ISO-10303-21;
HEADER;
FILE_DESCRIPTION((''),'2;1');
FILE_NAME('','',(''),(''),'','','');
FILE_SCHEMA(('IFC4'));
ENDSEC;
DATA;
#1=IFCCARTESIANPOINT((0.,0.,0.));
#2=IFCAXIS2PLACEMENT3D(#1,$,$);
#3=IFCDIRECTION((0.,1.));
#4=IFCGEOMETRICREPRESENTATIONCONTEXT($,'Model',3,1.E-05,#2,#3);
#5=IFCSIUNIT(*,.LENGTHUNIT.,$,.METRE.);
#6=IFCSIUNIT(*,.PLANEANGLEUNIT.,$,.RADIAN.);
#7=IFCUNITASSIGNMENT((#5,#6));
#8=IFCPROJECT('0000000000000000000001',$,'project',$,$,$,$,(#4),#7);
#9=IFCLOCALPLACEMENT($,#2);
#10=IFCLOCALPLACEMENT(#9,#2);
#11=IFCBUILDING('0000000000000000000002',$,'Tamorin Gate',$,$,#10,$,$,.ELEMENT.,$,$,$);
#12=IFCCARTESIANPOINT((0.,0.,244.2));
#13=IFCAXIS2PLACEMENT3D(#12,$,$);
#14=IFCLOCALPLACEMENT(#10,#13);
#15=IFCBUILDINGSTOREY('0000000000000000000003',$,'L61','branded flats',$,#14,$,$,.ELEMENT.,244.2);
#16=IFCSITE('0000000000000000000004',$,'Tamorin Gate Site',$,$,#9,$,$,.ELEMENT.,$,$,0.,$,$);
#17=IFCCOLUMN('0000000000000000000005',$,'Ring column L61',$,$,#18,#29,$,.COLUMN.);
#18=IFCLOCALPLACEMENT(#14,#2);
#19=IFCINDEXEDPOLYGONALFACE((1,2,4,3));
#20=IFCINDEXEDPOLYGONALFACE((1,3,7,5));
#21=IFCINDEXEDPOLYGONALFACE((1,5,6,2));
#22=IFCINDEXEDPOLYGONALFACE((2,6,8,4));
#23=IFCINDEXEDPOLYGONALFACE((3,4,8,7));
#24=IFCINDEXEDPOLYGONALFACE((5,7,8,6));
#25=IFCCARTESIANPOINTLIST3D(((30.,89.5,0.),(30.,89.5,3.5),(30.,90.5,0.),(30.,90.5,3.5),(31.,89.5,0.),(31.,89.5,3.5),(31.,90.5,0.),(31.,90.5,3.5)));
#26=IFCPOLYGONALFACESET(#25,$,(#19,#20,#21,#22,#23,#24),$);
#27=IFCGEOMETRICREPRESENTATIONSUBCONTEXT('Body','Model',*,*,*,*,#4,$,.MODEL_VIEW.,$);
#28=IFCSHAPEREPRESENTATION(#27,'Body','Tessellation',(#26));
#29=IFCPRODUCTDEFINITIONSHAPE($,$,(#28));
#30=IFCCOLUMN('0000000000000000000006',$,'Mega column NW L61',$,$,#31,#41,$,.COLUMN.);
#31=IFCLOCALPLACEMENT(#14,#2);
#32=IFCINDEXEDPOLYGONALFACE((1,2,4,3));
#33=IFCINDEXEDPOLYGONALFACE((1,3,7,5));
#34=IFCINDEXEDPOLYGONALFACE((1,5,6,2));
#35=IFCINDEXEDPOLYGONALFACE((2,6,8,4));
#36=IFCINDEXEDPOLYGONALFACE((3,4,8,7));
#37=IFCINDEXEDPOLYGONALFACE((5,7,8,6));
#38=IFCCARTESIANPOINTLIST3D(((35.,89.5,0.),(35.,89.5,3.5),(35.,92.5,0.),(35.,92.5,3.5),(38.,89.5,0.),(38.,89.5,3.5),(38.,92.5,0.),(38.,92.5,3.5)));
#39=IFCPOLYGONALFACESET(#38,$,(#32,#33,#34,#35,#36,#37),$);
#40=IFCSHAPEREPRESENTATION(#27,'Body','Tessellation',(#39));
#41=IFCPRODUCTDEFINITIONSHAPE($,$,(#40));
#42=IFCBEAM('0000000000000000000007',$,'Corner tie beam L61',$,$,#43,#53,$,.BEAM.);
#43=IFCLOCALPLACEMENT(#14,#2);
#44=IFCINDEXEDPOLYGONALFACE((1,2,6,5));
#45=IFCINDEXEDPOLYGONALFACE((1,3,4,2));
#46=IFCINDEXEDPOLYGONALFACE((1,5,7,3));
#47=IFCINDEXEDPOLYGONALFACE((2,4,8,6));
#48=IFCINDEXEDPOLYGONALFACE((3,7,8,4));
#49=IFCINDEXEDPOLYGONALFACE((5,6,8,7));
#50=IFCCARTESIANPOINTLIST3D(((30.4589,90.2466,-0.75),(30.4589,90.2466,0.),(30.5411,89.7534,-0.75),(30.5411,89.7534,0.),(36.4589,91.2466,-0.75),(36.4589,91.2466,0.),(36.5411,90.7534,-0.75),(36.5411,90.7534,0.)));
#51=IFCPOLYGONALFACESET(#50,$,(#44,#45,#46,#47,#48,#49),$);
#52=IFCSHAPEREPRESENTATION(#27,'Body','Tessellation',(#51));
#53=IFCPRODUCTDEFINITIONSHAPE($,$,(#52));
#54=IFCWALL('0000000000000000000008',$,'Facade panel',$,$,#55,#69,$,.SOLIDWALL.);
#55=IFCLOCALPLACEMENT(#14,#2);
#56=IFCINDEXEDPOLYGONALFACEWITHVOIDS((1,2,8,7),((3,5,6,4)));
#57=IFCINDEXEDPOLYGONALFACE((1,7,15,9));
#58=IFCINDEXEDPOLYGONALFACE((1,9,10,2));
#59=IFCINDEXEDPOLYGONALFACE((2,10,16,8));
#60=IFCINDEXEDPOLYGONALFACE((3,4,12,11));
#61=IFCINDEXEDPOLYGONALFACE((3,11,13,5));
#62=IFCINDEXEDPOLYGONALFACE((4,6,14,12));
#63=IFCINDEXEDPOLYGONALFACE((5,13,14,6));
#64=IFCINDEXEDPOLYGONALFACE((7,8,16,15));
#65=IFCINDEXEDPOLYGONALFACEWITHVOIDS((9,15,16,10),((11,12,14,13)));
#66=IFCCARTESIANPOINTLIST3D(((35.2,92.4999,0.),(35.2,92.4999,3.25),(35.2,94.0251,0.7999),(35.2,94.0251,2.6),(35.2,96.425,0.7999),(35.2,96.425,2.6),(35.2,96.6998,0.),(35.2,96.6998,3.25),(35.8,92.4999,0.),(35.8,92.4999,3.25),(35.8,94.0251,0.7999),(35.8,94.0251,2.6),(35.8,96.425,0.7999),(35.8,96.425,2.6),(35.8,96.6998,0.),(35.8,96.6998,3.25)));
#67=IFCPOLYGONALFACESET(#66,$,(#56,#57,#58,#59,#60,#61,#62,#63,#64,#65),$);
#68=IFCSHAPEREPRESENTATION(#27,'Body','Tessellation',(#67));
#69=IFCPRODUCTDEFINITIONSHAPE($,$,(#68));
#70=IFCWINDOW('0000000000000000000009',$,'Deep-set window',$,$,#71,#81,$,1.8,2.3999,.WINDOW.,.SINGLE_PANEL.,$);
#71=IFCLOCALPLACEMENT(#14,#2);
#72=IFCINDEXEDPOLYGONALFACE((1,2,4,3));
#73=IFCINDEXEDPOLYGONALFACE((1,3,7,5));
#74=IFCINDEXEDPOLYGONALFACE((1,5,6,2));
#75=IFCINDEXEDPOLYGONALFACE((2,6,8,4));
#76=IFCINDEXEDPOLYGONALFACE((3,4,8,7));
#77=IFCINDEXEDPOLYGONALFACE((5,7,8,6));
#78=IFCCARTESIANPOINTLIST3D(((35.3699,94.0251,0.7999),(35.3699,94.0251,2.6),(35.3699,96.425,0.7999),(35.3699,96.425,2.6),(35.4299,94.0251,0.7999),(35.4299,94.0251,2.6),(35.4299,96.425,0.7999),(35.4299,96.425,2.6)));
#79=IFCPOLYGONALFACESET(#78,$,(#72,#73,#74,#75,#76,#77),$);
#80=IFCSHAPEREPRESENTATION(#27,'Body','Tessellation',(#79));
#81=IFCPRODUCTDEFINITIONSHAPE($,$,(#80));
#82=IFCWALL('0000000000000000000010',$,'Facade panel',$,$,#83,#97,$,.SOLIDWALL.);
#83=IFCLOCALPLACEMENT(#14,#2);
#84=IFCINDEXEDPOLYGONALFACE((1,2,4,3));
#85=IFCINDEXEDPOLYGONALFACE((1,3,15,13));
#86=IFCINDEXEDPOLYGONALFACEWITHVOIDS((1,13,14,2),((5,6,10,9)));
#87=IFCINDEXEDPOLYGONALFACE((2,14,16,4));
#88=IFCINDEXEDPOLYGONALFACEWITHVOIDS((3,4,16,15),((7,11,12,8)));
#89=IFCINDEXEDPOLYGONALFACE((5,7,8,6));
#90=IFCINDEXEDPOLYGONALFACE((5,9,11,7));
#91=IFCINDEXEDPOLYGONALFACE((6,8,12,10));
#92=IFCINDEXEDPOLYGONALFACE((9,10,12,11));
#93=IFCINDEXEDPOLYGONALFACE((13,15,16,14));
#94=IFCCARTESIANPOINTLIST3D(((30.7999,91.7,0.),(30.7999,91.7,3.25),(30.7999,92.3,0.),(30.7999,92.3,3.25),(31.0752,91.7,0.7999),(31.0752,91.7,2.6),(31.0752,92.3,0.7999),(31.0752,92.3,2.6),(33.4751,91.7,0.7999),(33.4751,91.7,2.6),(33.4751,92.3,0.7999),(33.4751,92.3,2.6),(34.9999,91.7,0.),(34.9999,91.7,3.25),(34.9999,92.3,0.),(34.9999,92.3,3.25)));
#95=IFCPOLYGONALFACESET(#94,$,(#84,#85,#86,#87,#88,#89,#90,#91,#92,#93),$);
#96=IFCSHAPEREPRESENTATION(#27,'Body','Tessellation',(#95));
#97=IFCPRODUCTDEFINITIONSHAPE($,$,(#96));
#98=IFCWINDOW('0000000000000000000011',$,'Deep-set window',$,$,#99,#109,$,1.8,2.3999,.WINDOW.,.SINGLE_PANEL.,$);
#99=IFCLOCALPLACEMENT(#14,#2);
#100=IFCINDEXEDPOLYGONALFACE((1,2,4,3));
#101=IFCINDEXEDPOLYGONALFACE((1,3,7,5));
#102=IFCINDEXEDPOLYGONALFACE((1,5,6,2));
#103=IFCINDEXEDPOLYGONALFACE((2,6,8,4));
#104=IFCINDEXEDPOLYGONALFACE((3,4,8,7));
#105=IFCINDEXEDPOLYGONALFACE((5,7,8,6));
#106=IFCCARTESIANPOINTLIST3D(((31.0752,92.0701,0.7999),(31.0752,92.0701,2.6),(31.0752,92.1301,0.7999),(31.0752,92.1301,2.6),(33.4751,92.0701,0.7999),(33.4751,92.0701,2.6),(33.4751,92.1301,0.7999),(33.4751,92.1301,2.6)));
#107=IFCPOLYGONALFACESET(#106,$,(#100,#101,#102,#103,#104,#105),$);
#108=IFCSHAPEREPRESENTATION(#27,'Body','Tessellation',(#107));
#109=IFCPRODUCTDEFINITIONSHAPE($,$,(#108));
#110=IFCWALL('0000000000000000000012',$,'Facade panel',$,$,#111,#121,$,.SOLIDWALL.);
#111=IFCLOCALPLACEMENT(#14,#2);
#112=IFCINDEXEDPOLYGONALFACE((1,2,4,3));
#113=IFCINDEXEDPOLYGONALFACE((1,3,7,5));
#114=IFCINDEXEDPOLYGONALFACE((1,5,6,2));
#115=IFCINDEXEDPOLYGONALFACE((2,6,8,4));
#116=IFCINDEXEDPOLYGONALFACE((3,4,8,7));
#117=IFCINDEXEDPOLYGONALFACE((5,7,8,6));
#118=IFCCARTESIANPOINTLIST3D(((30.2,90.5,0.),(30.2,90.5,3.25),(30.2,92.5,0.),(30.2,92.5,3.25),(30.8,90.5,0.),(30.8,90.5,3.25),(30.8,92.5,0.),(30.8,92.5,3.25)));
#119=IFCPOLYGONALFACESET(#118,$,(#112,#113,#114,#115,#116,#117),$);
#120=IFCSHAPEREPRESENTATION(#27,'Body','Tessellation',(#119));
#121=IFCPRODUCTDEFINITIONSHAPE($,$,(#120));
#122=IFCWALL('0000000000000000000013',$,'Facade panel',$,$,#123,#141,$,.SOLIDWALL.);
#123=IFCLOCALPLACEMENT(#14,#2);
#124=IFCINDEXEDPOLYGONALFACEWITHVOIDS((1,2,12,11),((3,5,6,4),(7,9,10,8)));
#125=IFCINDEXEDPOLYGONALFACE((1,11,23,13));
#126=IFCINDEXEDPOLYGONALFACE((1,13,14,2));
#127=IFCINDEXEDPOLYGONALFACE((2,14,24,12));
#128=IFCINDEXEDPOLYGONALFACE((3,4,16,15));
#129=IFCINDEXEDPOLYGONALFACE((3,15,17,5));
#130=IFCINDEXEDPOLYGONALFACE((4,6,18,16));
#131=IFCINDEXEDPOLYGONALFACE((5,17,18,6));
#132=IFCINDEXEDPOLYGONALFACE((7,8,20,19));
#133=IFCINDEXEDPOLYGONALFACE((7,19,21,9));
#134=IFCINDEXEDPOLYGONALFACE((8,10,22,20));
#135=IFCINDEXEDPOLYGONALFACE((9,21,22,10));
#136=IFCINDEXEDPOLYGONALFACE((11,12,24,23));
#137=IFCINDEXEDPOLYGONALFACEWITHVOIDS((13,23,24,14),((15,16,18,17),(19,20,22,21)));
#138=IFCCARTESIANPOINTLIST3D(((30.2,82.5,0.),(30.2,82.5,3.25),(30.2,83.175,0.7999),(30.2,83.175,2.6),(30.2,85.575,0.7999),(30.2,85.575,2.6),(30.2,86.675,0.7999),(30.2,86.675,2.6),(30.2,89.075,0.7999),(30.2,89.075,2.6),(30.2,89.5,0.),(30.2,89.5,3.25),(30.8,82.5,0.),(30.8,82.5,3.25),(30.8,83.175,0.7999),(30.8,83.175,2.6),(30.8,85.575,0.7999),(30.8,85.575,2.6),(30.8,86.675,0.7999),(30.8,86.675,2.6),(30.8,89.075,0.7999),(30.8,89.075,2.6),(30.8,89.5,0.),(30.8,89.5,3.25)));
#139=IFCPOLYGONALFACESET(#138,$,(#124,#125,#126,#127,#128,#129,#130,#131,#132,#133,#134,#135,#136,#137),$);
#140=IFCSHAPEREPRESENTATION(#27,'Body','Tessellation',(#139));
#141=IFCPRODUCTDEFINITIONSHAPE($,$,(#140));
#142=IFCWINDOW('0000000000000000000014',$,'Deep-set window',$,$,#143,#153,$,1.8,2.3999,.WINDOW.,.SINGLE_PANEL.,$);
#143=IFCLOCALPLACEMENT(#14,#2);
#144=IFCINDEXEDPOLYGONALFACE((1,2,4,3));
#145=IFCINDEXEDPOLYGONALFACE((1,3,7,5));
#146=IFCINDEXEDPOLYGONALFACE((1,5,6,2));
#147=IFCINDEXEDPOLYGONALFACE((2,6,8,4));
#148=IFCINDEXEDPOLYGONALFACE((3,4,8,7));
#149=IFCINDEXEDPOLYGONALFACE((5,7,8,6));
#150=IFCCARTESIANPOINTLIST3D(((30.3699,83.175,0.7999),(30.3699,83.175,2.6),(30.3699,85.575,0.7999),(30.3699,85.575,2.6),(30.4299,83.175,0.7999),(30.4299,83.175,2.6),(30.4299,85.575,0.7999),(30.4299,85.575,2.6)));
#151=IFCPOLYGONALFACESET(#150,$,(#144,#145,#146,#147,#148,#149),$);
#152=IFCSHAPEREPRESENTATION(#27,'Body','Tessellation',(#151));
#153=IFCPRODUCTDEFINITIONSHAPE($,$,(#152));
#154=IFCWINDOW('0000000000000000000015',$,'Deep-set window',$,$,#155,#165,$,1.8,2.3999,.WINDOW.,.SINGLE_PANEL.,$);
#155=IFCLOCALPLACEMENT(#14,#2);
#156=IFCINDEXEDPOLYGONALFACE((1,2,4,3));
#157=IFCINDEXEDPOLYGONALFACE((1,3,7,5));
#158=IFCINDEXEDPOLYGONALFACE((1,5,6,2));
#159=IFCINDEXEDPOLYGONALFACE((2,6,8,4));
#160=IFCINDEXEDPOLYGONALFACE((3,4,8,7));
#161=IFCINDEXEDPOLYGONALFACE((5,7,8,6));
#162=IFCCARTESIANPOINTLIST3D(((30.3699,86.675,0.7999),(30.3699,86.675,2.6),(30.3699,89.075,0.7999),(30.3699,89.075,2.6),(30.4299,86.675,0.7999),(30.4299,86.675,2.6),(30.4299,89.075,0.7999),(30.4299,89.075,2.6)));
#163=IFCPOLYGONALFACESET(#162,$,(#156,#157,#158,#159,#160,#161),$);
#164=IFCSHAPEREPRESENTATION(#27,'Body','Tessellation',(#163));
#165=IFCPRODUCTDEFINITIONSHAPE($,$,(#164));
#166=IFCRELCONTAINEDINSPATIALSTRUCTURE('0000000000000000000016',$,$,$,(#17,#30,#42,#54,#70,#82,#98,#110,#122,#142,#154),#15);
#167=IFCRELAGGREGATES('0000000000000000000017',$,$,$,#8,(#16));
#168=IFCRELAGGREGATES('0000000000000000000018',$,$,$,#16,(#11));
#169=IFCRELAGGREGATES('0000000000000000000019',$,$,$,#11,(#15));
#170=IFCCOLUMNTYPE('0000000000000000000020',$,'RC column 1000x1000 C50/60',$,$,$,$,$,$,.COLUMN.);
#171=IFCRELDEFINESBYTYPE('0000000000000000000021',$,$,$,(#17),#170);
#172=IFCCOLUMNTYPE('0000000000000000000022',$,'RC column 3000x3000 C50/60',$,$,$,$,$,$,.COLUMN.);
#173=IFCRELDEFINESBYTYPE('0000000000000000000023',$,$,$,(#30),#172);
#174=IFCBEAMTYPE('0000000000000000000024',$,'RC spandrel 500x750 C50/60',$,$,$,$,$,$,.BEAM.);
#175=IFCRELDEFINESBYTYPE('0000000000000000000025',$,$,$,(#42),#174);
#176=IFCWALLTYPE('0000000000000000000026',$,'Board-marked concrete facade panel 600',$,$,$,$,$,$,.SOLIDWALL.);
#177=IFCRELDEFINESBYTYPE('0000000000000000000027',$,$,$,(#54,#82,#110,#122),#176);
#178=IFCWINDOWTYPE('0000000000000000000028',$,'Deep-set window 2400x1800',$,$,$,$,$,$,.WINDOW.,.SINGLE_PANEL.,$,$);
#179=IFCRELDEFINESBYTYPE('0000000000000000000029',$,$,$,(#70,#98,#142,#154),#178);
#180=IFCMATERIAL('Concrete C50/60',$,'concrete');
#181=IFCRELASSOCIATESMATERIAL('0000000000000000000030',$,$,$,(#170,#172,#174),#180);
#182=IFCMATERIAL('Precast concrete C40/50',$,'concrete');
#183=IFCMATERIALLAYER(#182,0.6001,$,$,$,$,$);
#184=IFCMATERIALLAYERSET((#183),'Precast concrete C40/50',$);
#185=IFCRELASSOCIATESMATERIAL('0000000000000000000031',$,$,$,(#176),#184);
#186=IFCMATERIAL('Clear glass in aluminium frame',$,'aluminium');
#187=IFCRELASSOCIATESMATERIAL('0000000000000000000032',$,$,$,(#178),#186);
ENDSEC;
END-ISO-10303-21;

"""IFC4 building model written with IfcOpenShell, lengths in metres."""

from ifc_helpers import new_model, si_unit, direction, frame, frame_2d, origin, origin_2d, place, context, subcontext, project, spatial, rectangle, extrude, material, layer, layer_set, material_profile, profile_set, type_object, element, fill, save


model = new_model("IFC4")

# Units and contexts
model_context = context("Model", 3, precision=1e-05, world=origin(), true_north=direction((0.0, 1.0)))
body_context = subcontext(model_context, "Body", "Model", "MODEL_VIEW")
ifc_project = project(units=[si_unit("LENGTHUNIT", "METRE"), si_unit("PLANEANGLEUNIT", "RADIAN")], contexts=[model_context])

# Site, building, storey
site_placement = place(None, origin())
site = spatial("IfcSite", under=ifc_project, at=site_placement, Name="Tamorin Gate Site", CompositionType="ELEMENT", RefElevation=0.0)
building_placement = place(site_placement, origin())
building = spatial("IfcBuilding", under=site, at=building_placement, Name="Tamorin Gate", CompositionType="ELEMENT")
storey_placement = place(building_placement, frame((0.0, 0.0, 244.2)))
storey = spatial("IfcBuildingStorey", under=building, at=storey_placement, Name="L61", Description="branded flats", CompositionType="ELEMENT", Elevation=244.2)

# Columns
ifc_material_1 = material(Name="Concrete C50/60", Category="concrete")
ifc_material_profile_1 = material_profile(ifc_material_1, rectangle(XDim=1.0, YDim=1.0, at=origin_2d()), Name="RC 1000x1000")
ifc_profile_set_1 = profile_set([ifc_material_profile_1], Name="Concrete C50/60")
column_type_1 = type_object("IfcColumnType", Name="RC column 1000x1000 C50/60", PredefinedType="COLUMN", material=ifc_profile_set_1)
column_1_placement = place(storey_placement, frame((30.5, 90.0, 0.0), z_axis=(0.0, 0.0, 1.0), x_axis=(1.0, 0.0, 0.0)))
element("IfcColumn", 1, at=column_1_placement, inside=storey, type_object=column_type_1, Name="Ring column L61", PredefinedType="COLUMN", context=body_context, shape_type="SweptSolid", body=[
    extrude(rectangle(XDim=1.0, YDim=1.0, at=origin_2d()), origin(), (0.0, 0.0, 1.0), 3.5),
])
ifc_material_profile_2 = material_profile(ifc_material_1, rectangle(XDim=3.0, YDim=3.0, at=origin_2d()), Name="RC 3000x3000")
ifc_profile_set_2 = profile_set([ifc_material_profile_2], Name="Concrete C50/60")
column_type_2 = type_object("IfcColumnType", Name="RC column 3000x3000 C50/60", PredefinedType="COLUMN", material=ifc_profile_set_2)
column_2_placement = place(storey_placement, frame((36.5, 91.0, 0.0), z_axis=(0.0, 0.0, 1.0), x_axis=(1.0, 0.0, 0.0)))
element("IfcColumn", 2, at=column_2_placement, inside=storey, type_object=column_type_2, Name="Mega column NW L61", PredefinedType="COLUMN", context=body_context, shape_type="SweptSolid", body=[
    extrude(rectangle(XDim=3.0, YDim=3.0, at=origin_2d()), origin(), (0.0, 0.0, 1.0), 3.5),
])

# Beam
ifc_material_profile_3 = material_profile(ifc_material_1, rectangle(XDim=0.5, YDim=0.75, at=origin_2d()), Name="RC 500x750")
ifc_profile_set_3 = profile_set([ifc_material_profile_3], Name="Concrete C50/60")
beam_type = type_object("IfcBeamType", Name="RC spandrel 500x750 C50/60", PredefinedType="BEAM", material=ifc_profile_set_3)
beam_placement = place(storey_placement, frame((36.5, 91.0, -0.375), z_axis=(-0.986394, -0.164399, 0.0), x_axis=(0.164399, -0.986394, 0.0)))
element("IfcBeam", 3, at=beam_placement, inside=storey, type_object=beam_type, Name="Corner tie beam L61", PredefinedType="BEAM", context=body_context, shape_type="SweptSolid", body=[
    extrude(rectangle(XDim=0.5, YDim=0.75, at=origin_2d()), origin(), (0.0, 0.0, 1.0), 6.0828),
])

# Walls, openings, windows
ifc_material_2 = material(Name="Precast concrete C40/50", Category="concrete")
ifc_layer_1 = layer(ifc_material_2, 0.6001)
ifc_layer_set_1 = layer_set([ifc_layer_1], Name="Precast concrete C40/50")
wall_type_1 = type_object("IfcWallType", Name="Board-marked concrete facade panel 600", PredefinedType="SOLIDWALL", material=ifc_layer_set_1)
wall_1_placement = place(storey_placement, frame((35.5, 96.7, 0.0), z_axis=(0.0, 0.0, 1.0), x_axis=(0.0, -1.0, 0.0)))
wall_1 = element("IfcWall", 4, at=wall_1_placement, inside=storey, type_object=wall_type_1, Name="Facade panel", PredefinedType="SOLIDWALL", context=body_context, shape_type="SweptSolid", body=[
    extrude(rectangle(XDim=4.2, YDim=0.6001, at=frame_2d((2.1001, 0.0))), origin(), (0.0, 0.0, 1.0), 3.25),
])
opening_1_placement = place(wall_1_placement, frame((0.2749, 0.0, 0.8)))
opening_1 = element("IfcOpeningElement", 5, at=opening_1_placement, cuts=wall_1, PredefinedType="OPENING", context=body_context, shape_type="SweptSolid", body=[
    extrude(rectangle(XDim=2.3999, YDim=1.8, at=frame_2d((1.2, 0.8999))), frame((0.0, 0.3101, 0.0), z_axis=(0.0, -1.0, 0.0), x_axis=(1.0, 0.0, 0.0)), (0.0, 0.0, 1.0), 0.6201),
])
ifc_material_3 = material(Name="Clear glass in aluminium frame", Category="aluminium")
window_type = type_object("IfcWindowType", Name="Deep-set window 2400x1800", PartitioningType="SINGLE_PANEL", PredefinedType="WINDOW", material=ifc_material_3)
window_1_placement = place(opening_1_placement, origin())
window_1 = element("IfcWindow", 6, at=window_1_placement, inside=storey, type_object=window_type, Name="Deep-set window", OverallHeight=1.8, OverallWidth=2.3999, PartitioningType="SINGLE_PANEL", PredefinedType="WINDOW", context=body_context, shape_type="SweptSolid", body=[
    extrude(rectangle(XDim=2.3999, YDim=1.8, at=frame_2d((1.2, 0.8999))), frame((0.0, -0.0701, 0.0), z_axis=(0.0, -1.0, 0.0), x_axis=(1.0, 0.0, 0.0)), (0.0, 0.0, 1.0), 0.0601),
])
fill(opening_1, window_1)
wall_2_placement = place(storey_placement, frame((35.0, 92.0, 0.0), z_axis=(0.0, 0.0, 1.0), x_axis=(-1.0, 0.0, 0.0)))
wall_2 = element("IfcWall", 7, at=wall_2_placement, inside=storey, type_object=wall_type_1, Name="Facade panel", PredefinedType="SOLIDWALL", context=body_context, shape_type="SweptSolid", body=[
    extrude(rectangle(XDim=4.2, YDim=0.6001, at=frame_2d((2.1001, 0.0))), origin(), (0.0, 0.0, 1.0), 3.25),
])
opening_2_placement = place(wall_2_placement, frame((1.5249, 0.0, 0.8)))
opening_2 = element("IfcOpeningElement", 8, at=opening_2_placement, cuts=wall_2, PredefinedType="OPENING", context=body_context, shape_type="SweptSolid", body=[
    extrude(rectangle(XDim=2.3999, YDim=1.8, at=frame_2d((1.2, 0.8999))), frame((0.0, 0.3101, 0.0), z_axis=(0.0, -1.0, 0.0), x_axis=(1.0, 0.0, 0.0)), (0.0, 0.0, 1.0), 0.6201),
])
window_2_placement = place(opening_2_placement, origin())
window_2 = element("IfcWindow", 9, at=window_2_placement, inside=storey, type_object=window_type, Name="Deep-set window", OverallHeight=1.8, OverallWidth=2.3999, PartitioningType="SINGLE_PANEL", PredefinedType="WINDOW", context=body_context, shape_type="SweptSolid", body=[
    extrude(rectangle(XDim=2.3999, YDim=1.8, at=frame_2d((1.2, 0.8999))), frame((0.0, -0.0701, 0.0), z_axis=(0.0, -1.0, 0.0), x_axis=(1.0, 0.0, 0.0)), (0.0, 0.0, 1.0), 0.0601),
])
fill(opening_2, window_2)

# Wall
wall_3_placement = place(storey_placement, frame((30.5, 92.5, 0.0), z_axis=(0.0, 0.0, 1.0), x_axis=(0.0, -1.0, 0.0)))
element("IfcWall", 10, at=wall_3_placement, inside=storey, type_object=wall_type_1, Name="Facade panel", PredefinedType="SOLIDWALL", context=body_context, shape_type="SweptSolid", body=[
    extrude(rectangle(XDim=2.0, YDim=0.6001, at=frame_2d((1.0, 0.0))), origin(), (0.0, 0.0, 1.0), 3.25),
])

# Wall, openings, windows
wall_4_placement = place(storey_placement, frame((30.5, 89.5, 0.0), z_axis=(0.0, 0.0, 1.0), x_axis=(0.0, -1.0, 0.0)))
wall_4 = element("IfcWall", 11, at=wall_4_placement, inside=storey, type_object=wall_type_1, Name="Facade panel", PredefinedType="SOLIDWALL", context=body_context, shape_type="SweptSolid", body=[
    extrude(rectangle(XDim=7.0, YDim=0.6001, at=frame_2d((3.5, 0.0))), origin(), (0.0, 0.0, 1.0), 3.25),
])
opening_3_placement = place(wall_4_placement, frame((3.925, 0.0, 0.8)))
opening_3 = element("IfcOpeningElement", 12, at=opening_3_placement, cuts=wall_4, PredefinedType="OPENING", context=body_context, shape_type="SweptSolid", body=[
    extrude(rectangle(XDim=2.3999, YDim=1.8, at=frame_2d((1.2, 0.8999))), frame((0.0, 0.3101, 0.0), z_axis=(0.0, -1.0, 0.0), x_axis=(1.0, 0.0, 0.0)), (0.0, 0.0, 1.0), 0.6201),
])
opening_4_placement = place(wall_4_placement, frame((0.425, 0.0, 0.8)))
opening_4 = element("IfcOpeningElement", 13, at=opening_4_placement, cuts=wall_4, PredefinedType="OPENING", context=body_context, shape_type="SweptSolid", body=[
    extrude(rectangle(XDim=2.3999, YDim=1.8, at=frame_2d((1.2, 0.8999))), frame((0.0, 0.3101, 0.0), z_axis=(0.0, -1.0, 0.0), x_axis=(1.0, 0.0, 0.0)), (0.0, 0.0, 1.0), 0.6201),
])
window_3_placement = place(opening_3_placement, origin())
window_3 = element("IfcWindow", 14, at=window_3_placement, inside=storey, type_object=window_type, Name="Deep-set window", OverallHeight=1.8, OverallWidth=2.3999, PartitioningType="SINGLE_PANEL", PredefinedType="WINDOW", context=body_context, shape_type="SweptSolid", body=[
    extrude(rectangle(XDim=2.3999, YDim=1.8, at=frame_2d((1.2, 0.8999))), frame((0.0, -0.0701, 0.0), z_axis=(0.0, -1.0, 0.0), x_axis=(1.0, 0.0, 0.0)), (0.0, 0.0, 1.0), 0.0601),
])
fill(opening_3, window_3)
window_4_placement = place(opening_4_placement, origin())
window_4 = element("IfcWindow", 15, at=window_4_placement, inside=storey, type_object=window_type, Name="Deep-set window", OverallHeight=1.8, OverallWidth=2.3999, PartitioningType="SINGLE_PANEL", PredefinedType="WINDOW", context=body_context, shape_type="SweptSolid", body=[
    extrude(rectangle(XDim=2.3999, YDim=1.8, at=frame_2d((1.2, 0.8999))), frame((0.0, -0.0701, 0.0), z_axis=(0.0, -1.0, 0.0), x_axis=(1.0, 0.0, 0.0)), (0.0, 0.0, 1.0), 0.0601),
])
fill(opening_4, window_4)

save(model, "model.ifc")
